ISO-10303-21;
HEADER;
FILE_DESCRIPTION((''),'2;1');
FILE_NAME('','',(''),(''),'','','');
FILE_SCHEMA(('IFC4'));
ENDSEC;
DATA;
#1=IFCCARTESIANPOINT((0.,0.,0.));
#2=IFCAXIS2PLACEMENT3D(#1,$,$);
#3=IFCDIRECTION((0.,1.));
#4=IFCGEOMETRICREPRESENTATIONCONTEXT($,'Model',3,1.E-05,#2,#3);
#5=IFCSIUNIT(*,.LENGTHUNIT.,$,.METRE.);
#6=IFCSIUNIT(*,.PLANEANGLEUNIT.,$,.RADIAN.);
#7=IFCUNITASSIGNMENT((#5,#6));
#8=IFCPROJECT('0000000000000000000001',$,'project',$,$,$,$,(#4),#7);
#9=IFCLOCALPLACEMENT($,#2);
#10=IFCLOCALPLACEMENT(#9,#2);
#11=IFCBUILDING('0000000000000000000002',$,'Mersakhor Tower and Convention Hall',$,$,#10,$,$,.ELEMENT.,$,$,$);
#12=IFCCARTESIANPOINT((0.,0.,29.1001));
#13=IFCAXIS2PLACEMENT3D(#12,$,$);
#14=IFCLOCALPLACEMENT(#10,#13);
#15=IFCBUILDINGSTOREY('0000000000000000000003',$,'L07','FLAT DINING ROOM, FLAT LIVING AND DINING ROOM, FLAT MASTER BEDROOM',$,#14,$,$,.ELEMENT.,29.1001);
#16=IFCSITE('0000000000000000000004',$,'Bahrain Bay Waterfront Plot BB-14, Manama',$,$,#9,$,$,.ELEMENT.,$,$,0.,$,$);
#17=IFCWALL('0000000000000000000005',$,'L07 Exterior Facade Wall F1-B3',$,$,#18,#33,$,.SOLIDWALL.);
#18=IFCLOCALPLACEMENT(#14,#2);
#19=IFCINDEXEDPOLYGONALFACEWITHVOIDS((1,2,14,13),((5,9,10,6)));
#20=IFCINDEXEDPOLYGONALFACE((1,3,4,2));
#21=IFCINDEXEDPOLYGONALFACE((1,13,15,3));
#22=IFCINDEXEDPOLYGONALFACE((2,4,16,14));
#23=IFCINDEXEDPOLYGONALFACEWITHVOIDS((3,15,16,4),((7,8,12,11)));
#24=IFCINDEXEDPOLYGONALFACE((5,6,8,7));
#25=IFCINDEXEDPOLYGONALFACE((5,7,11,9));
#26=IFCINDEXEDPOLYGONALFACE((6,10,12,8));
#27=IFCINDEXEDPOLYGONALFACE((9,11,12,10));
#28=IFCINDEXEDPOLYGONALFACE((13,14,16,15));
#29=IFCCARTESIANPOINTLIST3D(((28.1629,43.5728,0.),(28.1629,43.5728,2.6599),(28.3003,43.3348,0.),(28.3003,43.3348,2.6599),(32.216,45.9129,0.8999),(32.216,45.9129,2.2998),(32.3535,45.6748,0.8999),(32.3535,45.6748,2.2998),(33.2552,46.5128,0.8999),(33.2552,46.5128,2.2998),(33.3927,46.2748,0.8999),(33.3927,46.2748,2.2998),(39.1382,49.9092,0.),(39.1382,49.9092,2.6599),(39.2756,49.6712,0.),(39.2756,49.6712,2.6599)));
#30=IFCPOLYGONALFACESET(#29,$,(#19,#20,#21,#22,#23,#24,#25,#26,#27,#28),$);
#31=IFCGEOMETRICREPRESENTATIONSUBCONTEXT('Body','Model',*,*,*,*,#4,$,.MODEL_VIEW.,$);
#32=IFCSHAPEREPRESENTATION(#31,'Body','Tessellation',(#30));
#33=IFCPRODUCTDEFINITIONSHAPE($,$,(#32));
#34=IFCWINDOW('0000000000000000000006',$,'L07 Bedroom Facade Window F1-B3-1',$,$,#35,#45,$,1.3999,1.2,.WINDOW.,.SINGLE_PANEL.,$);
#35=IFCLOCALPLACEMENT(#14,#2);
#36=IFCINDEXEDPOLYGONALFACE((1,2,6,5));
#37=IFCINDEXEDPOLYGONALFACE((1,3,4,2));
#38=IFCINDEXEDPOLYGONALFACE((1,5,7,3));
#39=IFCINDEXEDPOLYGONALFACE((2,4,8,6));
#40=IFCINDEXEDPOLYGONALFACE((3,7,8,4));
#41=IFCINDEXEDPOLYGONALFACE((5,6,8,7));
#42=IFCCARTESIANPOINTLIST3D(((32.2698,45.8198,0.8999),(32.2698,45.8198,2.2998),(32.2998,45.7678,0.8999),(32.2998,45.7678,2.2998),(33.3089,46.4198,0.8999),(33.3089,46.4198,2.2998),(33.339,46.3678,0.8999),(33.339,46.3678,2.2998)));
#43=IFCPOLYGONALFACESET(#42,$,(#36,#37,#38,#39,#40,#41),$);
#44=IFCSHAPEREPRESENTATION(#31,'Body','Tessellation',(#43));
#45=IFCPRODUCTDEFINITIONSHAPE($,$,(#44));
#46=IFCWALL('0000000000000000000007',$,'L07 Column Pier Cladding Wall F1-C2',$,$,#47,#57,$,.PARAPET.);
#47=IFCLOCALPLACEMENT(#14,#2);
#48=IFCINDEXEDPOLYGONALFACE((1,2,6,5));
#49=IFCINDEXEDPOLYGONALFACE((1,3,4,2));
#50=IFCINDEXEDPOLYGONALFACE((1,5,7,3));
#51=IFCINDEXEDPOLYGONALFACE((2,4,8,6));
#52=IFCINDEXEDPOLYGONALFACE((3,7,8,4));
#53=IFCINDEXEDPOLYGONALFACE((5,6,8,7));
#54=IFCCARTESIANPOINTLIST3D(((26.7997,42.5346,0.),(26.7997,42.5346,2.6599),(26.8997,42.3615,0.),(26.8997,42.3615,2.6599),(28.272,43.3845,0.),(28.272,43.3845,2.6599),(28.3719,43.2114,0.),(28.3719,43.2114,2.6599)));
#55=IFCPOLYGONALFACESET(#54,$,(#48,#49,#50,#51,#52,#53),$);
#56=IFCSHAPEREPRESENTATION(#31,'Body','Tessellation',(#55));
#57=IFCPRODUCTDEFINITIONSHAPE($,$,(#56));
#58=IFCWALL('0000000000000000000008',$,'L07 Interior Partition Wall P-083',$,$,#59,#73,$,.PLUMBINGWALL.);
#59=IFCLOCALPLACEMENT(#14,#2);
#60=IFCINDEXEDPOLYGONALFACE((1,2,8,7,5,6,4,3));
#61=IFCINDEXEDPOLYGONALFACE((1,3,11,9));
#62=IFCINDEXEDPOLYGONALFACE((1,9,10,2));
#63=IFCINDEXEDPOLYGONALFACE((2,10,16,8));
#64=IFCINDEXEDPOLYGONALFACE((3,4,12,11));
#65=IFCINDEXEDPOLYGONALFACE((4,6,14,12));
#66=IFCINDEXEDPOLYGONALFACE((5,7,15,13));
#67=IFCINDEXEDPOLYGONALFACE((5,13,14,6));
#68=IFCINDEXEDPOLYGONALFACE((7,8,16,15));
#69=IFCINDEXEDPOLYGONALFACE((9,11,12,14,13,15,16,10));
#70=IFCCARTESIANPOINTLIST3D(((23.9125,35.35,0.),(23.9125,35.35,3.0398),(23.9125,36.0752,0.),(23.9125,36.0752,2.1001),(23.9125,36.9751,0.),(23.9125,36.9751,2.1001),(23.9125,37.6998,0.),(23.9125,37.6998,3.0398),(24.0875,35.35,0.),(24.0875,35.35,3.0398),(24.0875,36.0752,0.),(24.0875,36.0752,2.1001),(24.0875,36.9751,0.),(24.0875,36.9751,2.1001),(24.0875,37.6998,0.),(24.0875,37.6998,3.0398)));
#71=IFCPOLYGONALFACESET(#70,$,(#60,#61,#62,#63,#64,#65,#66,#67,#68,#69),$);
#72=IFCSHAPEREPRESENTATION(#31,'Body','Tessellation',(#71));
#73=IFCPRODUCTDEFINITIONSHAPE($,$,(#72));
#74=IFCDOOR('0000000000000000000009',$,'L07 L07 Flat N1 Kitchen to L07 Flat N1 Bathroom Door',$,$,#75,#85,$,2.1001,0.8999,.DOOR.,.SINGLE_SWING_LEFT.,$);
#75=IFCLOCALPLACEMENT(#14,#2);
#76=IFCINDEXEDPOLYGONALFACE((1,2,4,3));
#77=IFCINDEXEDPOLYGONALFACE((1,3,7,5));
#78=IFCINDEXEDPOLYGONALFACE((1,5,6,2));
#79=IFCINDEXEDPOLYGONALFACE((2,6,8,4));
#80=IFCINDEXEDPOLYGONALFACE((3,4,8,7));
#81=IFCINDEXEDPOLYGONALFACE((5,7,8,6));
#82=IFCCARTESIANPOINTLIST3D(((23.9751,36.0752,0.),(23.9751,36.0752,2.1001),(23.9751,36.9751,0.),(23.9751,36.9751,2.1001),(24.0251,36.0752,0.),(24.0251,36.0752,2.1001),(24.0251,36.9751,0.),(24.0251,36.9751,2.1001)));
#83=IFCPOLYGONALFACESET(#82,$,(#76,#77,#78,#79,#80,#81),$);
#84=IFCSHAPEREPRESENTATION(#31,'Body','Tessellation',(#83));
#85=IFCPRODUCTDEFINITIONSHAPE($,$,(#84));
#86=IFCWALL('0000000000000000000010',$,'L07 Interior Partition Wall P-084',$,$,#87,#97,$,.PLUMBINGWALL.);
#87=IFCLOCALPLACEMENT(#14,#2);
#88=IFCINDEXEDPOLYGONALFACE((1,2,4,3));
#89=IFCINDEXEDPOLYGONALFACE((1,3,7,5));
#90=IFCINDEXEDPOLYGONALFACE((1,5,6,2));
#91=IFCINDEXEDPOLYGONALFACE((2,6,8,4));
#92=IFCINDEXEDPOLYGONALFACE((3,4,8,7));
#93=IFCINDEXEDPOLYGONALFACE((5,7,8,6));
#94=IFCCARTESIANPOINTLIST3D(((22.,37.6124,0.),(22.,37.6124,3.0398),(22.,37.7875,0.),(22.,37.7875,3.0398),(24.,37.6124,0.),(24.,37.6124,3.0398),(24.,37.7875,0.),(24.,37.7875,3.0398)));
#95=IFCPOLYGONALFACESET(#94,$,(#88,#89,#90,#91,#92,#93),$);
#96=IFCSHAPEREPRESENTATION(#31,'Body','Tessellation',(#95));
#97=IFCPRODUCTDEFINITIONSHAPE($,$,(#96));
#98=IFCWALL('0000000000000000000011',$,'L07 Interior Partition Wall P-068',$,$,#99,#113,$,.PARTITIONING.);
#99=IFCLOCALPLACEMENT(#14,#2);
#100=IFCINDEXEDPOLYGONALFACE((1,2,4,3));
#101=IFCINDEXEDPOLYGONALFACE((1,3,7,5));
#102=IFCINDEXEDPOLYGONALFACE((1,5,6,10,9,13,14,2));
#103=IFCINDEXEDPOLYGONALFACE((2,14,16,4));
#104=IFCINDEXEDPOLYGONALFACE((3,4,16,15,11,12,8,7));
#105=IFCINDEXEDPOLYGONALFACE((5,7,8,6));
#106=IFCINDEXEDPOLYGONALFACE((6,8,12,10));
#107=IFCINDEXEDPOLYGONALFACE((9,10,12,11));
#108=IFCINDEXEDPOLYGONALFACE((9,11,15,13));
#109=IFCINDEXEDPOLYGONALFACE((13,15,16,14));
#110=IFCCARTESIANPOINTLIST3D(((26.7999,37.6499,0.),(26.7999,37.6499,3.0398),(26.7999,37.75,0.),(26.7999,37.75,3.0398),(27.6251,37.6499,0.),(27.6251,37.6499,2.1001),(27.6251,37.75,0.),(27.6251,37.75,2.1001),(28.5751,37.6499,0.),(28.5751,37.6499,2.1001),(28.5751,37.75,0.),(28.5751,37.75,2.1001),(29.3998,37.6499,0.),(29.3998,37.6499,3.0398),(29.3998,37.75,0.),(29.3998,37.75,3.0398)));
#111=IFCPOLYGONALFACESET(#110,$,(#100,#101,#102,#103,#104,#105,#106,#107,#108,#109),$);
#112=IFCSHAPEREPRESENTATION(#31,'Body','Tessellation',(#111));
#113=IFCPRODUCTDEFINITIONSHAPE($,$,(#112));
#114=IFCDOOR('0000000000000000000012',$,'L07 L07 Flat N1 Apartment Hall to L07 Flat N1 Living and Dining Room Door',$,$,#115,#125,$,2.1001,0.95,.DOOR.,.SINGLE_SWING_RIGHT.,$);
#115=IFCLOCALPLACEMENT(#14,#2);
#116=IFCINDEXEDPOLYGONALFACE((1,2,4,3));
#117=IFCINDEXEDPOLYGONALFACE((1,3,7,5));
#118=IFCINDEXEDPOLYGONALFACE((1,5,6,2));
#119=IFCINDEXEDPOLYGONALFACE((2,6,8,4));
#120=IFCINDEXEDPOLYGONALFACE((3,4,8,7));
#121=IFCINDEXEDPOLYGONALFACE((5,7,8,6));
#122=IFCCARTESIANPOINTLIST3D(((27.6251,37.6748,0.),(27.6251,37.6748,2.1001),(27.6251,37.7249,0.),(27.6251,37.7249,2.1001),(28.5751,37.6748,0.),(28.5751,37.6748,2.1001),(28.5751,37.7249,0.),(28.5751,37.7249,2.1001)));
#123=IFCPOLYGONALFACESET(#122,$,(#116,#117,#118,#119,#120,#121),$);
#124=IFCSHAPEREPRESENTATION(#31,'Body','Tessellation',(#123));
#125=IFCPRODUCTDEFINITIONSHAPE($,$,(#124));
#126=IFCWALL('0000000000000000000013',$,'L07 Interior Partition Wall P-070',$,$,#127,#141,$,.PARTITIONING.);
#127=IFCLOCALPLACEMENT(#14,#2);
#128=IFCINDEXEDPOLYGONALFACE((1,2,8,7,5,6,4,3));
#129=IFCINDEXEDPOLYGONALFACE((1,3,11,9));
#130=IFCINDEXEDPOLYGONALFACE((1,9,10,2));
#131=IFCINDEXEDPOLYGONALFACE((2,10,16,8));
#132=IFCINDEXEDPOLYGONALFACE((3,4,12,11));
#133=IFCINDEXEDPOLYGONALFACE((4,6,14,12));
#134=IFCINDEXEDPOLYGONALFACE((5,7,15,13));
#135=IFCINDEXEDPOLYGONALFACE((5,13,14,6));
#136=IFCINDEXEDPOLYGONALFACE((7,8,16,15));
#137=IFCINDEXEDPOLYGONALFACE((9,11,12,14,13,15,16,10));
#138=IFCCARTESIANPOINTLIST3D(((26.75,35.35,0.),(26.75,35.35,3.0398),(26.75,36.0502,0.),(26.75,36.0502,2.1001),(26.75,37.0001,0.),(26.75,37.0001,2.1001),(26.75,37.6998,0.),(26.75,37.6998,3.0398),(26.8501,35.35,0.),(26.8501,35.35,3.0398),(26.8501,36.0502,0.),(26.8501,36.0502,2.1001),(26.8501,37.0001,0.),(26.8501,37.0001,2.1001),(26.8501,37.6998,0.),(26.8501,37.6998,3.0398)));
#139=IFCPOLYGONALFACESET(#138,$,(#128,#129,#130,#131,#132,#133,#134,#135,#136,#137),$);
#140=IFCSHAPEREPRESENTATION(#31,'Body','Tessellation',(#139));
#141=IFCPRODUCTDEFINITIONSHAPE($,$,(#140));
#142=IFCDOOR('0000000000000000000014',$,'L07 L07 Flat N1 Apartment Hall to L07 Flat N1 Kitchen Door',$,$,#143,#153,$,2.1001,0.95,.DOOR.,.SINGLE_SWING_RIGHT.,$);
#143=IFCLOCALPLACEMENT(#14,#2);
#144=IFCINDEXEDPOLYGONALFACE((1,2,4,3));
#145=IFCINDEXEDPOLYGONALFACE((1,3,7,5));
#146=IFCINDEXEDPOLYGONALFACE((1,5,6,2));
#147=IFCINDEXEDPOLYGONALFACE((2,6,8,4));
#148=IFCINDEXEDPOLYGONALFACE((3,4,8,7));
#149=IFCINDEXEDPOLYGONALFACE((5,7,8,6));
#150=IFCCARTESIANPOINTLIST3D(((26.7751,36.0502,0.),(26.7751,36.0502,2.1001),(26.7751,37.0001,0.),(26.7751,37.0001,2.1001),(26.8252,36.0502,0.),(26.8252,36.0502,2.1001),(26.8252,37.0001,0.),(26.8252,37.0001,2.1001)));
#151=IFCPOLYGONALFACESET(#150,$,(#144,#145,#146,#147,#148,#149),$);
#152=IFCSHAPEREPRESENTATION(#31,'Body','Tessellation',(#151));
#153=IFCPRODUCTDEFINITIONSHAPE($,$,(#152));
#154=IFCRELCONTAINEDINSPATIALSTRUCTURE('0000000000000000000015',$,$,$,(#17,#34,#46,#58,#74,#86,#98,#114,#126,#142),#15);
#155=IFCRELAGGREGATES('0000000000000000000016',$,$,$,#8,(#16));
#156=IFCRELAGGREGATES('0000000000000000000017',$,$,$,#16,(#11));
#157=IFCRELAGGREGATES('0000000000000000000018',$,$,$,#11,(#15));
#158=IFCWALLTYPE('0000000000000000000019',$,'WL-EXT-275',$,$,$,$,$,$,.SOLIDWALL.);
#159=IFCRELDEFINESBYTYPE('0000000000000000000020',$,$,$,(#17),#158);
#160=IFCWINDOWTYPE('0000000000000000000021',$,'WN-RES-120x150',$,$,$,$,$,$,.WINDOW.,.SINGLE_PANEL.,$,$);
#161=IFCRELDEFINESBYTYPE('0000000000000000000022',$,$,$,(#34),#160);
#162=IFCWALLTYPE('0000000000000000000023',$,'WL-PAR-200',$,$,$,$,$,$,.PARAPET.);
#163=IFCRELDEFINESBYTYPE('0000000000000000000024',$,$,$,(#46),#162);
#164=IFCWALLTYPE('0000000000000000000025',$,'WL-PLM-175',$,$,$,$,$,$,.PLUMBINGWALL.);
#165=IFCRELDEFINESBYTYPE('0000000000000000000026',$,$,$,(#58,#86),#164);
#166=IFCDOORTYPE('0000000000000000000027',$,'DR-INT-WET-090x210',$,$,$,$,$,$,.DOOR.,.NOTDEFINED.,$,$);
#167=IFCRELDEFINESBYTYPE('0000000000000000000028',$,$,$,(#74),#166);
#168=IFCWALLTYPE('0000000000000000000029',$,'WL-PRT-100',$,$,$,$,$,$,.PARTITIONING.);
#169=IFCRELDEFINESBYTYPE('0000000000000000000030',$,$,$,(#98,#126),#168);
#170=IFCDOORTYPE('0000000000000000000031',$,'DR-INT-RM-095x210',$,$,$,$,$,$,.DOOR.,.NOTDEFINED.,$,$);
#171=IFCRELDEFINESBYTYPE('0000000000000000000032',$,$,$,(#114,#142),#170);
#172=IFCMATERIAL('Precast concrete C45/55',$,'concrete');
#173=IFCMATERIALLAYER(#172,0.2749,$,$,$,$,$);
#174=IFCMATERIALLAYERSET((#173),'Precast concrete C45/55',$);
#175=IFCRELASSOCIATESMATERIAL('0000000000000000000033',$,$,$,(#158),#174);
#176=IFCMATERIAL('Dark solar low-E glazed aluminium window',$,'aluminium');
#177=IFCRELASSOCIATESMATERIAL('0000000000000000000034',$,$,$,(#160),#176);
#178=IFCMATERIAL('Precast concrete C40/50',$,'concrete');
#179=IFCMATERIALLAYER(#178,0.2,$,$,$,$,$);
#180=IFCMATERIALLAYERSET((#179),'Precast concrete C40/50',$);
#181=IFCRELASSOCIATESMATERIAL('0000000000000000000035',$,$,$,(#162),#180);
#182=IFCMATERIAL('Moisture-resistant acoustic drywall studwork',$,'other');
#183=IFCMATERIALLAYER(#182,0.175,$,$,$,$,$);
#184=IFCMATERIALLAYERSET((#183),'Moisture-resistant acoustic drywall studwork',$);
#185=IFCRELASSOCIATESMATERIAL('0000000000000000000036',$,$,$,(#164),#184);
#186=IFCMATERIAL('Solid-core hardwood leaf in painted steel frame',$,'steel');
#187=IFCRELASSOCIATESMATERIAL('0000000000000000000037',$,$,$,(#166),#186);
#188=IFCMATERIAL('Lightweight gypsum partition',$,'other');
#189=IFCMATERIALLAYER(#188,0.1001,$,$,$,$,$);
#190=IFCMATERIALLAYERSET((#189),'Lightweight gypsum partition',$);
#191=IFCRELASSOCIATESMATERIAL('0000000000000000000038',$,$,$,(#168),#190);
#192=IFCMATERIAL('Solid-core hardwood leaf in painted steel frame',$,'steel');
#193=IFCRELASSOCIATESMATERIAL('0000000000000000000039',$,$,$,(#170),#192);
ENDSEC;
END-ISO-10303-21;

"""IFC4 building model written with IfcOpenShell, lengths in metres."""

from ifc_helpers import new_model, si_unit, direction, frame, frame_2d, origin, place, context, subcontext, project, spatial, rectangle, extrude, material, layer, layer_set, type_object, element, fill, save


model = new_model("IFC4")

# Units and contexts
model_context = context("Model", 3, precision=1e-05, world=origin(), true_north=direction((0.0, 1.0)))
body_context = subcontext(model_context, "Body", "Model", "MODEL_VIEW")
ifc_project = project(units=[si_unit("LENGTHUNIT", "METRE"), si_unit("PLANEANGLEUNIT", "RADIAN")], contexts=[model_context])

# Site, building, storey
site_placement = place(None, origin())
site = spatial("IfcSite", under=ifc_project, at=site_placement, Name="Bahrain Bay Waterfront Plot BB-14, Manama", CompositionType="ELEMENT", RefElevation=0.0)
building_placement = place(site_placement, origin())
building = spatial("IfcBuilding", under=site, at=building_placement, Name="Mersakhor Tower and Convention Hall", CompositionType="ELEMENT")
storey_placement = place(building_placement, frame((0.0, 0.0, 29.1001)))
storey = spatial("IfcBuildingStorey", under=building, at=storey_placement, Name="L07", Description="FLAT DINING ROOM, FLAT LIVING AND DINING ROOM, FLAT MASTER BEDROOM", CompositionType="ELEMENT", Elevation=29.1001)

# Wall, opening, window
ifc_material_1 = material(Name="Precast concrete C45/55", Category="concrete")
ifc_layer_1 = layer(ifc_material_1, 0.2749)
ifc_layer_set_1 = layer_set([ifc_layer_1], Name="Precast concrete C45/55")
wall_type_1 = type_object("IfcWallType", Name="WL-EXT-275", PredefinedType="SOLIDWALL", material=ifc_layer_set_1)
wall_1_placement = place(storey_placement, frame((28.2317, 43.4539, 0.0), z_axis=(0.0, 0.0, 1.0), x_axis=(0.866032, 0.499989, 0.0)))
wall_1 = element("IfcWall", 1, at=wall_1_placement, inside=storey, type_object=wall_type_1, Name="L07 Exterior Facade Wall F1-B3", PredefinedType="SOLIDWALL", context=body_context, shape_type="SweptSolid", body=[
    extrude(rectangle(XDim=12.6731, YDim=0.2749, at=frame_2d((6.3364, 0.0))), origin(), (0.0, 0.0, 1.0), 2.6599),
])
opening_1_placement = place(wall_1_placement, frame((4.6799, 0.0, 0.8999)))
opening_1 = element("IfcOpeningElement", 2, at=opening_1_placement, cuts=wall_1, PredefinedType="OPENING", context=body_context, shape_type="SweptSolid", body=[
    extrude(rectangle(XDim=1.2, YDim=1.3999, at=frame_2d((0.6001, 0.7))), frame((0.0, 0.1475, 0.0), z_axis=(0.0, -1.0, 0.0), x_axis=(1.0, 0.0, 0.0)), (0.0, 0.0, 1.0), 0.2949),
])
ifc_material_2 = material(Name="Dark solar low-E glazed aluminium window", Category="aluminium")
window_type = type_object("IfcWindowType", Name="WN-RES-120x150", PartitioningType="SINGLE_PANEL", PredefinedType="WINDOW", material=ifc_material_2)
window_placement = place(opening_1_placement, origin())
window = element("IfcWindow", 3, at=window_placement, inside=storey, type_object=window_type, Name="L07 Bedroom Facade Window F1-B3-1", OverallHeight=1.3999, OverallWidth=1.2, PartitioningType="SINGLE_PANEL", PredefinedType="WINDOW", context=body_context, shape_type="SweptSolid", body=[
    extrude(rectangle(XDim=1.2, YDim=1.3999, at=frame_2d((0.6001, 0.7))), frame((0.0, 0.03, 0.0), z_axis=(0.0, -1.0, 0.0), x_axis=(1.0, 0.0, 0.0)), (0.0, 0.0, 1.0), 0.0601),
])
fill(opening_1, window)

# Wall
ifc_material_3 = material(Name="Precast concrete C40/50", Category="concrete")
ifc_layer_2 = layer(ifc_material_3, 0.2)
ifc_layer_set_2 = layer_set([ifc_layer_2], Name="Precast concrete C40/50")
wall_type_2 = type_object("IfcWallType", Name="WL-PAR-200", PredefinedType="PARAPET", material=ifc_layer_set_2)
wall_2_placement = place(storey_placement, frame((26.8496, 42.448, 0.0), z_axis=(0.0, 0.0, 1.0), x_axis=(0.866052, 0.499955, 0.0)))
element("IfcWall", 4, at=wall_2_placement, inside=storey, type_object=wall_type_2, Name="L07 Column Pier Cladding Wall F1-C2", PredefinedType="PARAPET", context=body_context, shape_type="SweptSolid", body=[
    extrude(rectangle(XDim=1.7, YDim=0.2, at=frame_2d((0.8501, 0.0))), origin(), (0.0, 0.0, 1.0), 2.6599),
])

# Wall, opening, door
ifc_material_4 = material(Name="Moisture-resistant acoustic drywall studwork", Category="other")
ifc_layer_3 = layer(ifc_material_4, 0.175)
ifc_layer_set_3 = layer_set([ifc_layer_3], Name="Moisture-resistant acoustic drywall studwork")
wall_type_3 = type_object("IfcWallType", Name="WL-PLM-175", PredefinedType="PLUMBINGWALL", material=ifc_layer_set_3)
wall_3_placement = place(storey_placement, frame((24.0, 35.3501, 0.0), z_axis=(0.0, 0.0, 1.0), x_axis=(0.0, 1.0, 0.0)))
wall_3 = element("IfcWall", 5, at=wall_3_placement, inside=storey, type_object=wall_type_3, Name="L07 Interior Partition Wall P-083", PredefinedType="PLUMBINGWALL", context=body_context, shape_type="SweptSolid", body=[
    extrude(rectangle(XDim=2.3499, YDim=0.175, at=frame_2d((1.1748, 0.0))), origin(), (0.0, 0.0, 1.0), 3.0398),
])
opening_2_placement = place(wall_3_placement, frame((0.7251, 0.0, 0.0)))
opening_2 = element("IfcOpeningElement", 6, at=opening_2_placement, cuts=wall_3, PredefinedType="OPENING", context=body_context, shape_type="SweptSolid", body=[
    extrude(rectangle(XDim=0.8999, YDim=2.1001, at=frame_2d((0.45, 1.05))), frame((0.0, 0.0974, 0.0), z_axis=(0.0, -1.0, 0.0), x_axis=(1.0, 0.0, 0.0)), (0.0, 0.0, 1.0), 0.1951),
])
ifc_material_5 = material(Name="Solid-core hardwood leaf in painted steel frame", Category="steel")
door_type_1 = type_object("IfcDoorType", Name="DR-INT-WET-090x210", OperationType="NOTDEFINED", PredefinedType="DOOR", material=ifc_material_5)
door_1_placement = place(opening_2_placement, origin())
door_1 = element("IfcDoor", 7, at=door_1_placement, inside=storey, type_object=door_type_1, Name="L07 L07 Flat N1 Kitchen to L07 Flat N1 Bathroom Door", OperationType="SINGLE_SWING_LEFT", OverallHeight=2.1001, OverallWidth=0.8999, PredefinedType="DOOR", context=body_context, shape_type="SweptSolid", body=[
    extrude(rectangle(XDim=0.8999, YDim=2.1001, at=frame_2d((0.45, 1.05))), frame((0.0, 0.0249, 0.0), z_axis=(0.0, -1.0, 0.0), x_axis=(1.0, 0.0, 0.0)), (0.0, 0.0, 1.0), 0.05),
])
fill(opening_2, door_1)

# Wall
wall_4_placement = place(storey_placement, frame((22.0, 37.7, 0.0), z_axis=(0.0, 0.0, 1.0), x_axis=(1.0, 0.0, 0.0)))
element("IfcWall", 8, at=wall_4_placement, inside=storey, type_object=wall_type_3, Name="L07 Interior Partition Wall P-084", PredefinedType="PLUMBINGWALL", context=body_context, shape_type="SweptSolid", body=[
    extrude(rectangle(XDim=2.0, YDim=0.175, at=frame_2d((1.0, 0.0))), origin(), (0.0, 0.0, 1.0), 3.0398),
])

# Walls, openings, doors
ifc_material_6 = material(Name="Lightweight gypsum partition", Category="other")
ifc_layer_4 = layer(ifc_material_6, 0.1001)
ifc_layer_set_4 = layer_set([ifc_layer_4], Name="Lightweight gypsum partition")
wall_type_4 = type_object("IfcWallType", Name="WL-PRT-100", PredefinedType="PARTITIONING", material=ifc_layer_set_4)
wall_5_placement = place(storey_placement, frame((26.8, 37.7, 0.0), z_axis=(0.0, 0.0, 1.0), x_axis=(1.0, 0.0, 0.0)))
wall_5 = element("IfcWall", 9, at=wall_5_placement, inside=storey, type_object=wall_type_4, Name="L07 Interior Partition Wall P-068", PredefinedType="PARTITIONING", context=body_context, shape_type="SweptSolid", body=[
    extrude(rectangle(XDim=2.5999, YDim=0.1001, at=frame_2d((1.2998, 0.0))), origin(), (0.0, 0.0, 1.0), 3.0398),
])
opening_3_placement = place(wall_5_placement, frame((0.825, 0.0, 0.0)))
opening_3 = element("IfcOpeningElement", 10, at=opening_3_placement, cuts=wall_5, PredefinedType="OPENING", context=body_context, shape_type="SweptSolid", body=[
    extrude(rectangle(XDim=0.95, YDim=2.1001, at=frame_2d((0.4751, 1.05))), frame((0.0, 0.0601, 0.0), z_axis=(0.0, -1.0, 0.0), x_axis=(1.0, 0.0, 0.0)), (0.0, 0.0, 1.0), 0.1201),
])
ifc_material_7 = material(Name="Solid-core hardwood leaf in painted steel frame", Category="steel")
door_type_2 = type_object("IfcDoorType", Name="DR-INT-RM-095x210", OperationType="NOTDEFINED", PredefinedType="DOOR", material=ifc_material_7)
door_2_placement = place(opening_3_placement, origin())
door_2 = element("IfcDoor", 11, at=door_2_placement, inside=storey, type_object=door_type_2, Name="L07 L07 Flat N1 Apartment Hall to L07 Flat N1 Living and Dining Room Door", OperationType="SINGLE_SWING_RIGHT", OverallHeight=2.1001, OverallWidth=0.95, PredefinedType="DOOR", context=body_context, shape_type="SweptSolid", body=[
    extrude(rectangle(XDim=0.95, YDim=2.1001, at=frame_2d((0.4751, 1.05))), frame((0.0, 0.0249, 0.0), z_axis=(0.0, -1.0, 0.0), x_axis=(1.0, 0.0, 0.0)), (0.0, 0.0, 1.0), 0.05),
])
fill(opening_3, door_2)
wall_6_placement = place(storey_placement, frame((26.8, 35.3501, 0.0), z_axis=(0.0, 0.0, 1.0), x_axis=(0.0, 1.0, 0.0)))
wall_6 = element("IfcWall", 12, at=wall_6_placement, inside=storey, type_object=wall_type_4, Name="L07 Interior Partition Wall P-070", PredefinedType="PARTITIONING", context=body_context, shape_type="SweptSolid", body=[
    extrude(rectangle(XDim=2.3499, YDim=0.1001, at=frame_2d((1.1748, 0.0))), origin(), (0.0, 0.0, 1.0), 3.0398),
])
opening_4_placement = place(wall_6_placement, frame((0.7, 0.0, 0.0)))
opening_4 = element("IfcOpeningElement", 13, at=opening_4_placement, cuts=wall_6, PredefinedType="OPENING", context=body_context, shape_type="SweptSolid", body=[
    extrude(rectangle(XDim=0.95, YDim=2.1001, at=frame_2d((0.4751, 1.05))), frame((0.0, 0.0601, 0.0), z_axis=(0.0, -1.0, 0.0), x_axis=(1.0, 0.0, 0.0)), (0.0, 0.0, 1.0), 0.1201),
])
door_3_placement = place(opening_4_placement, origin())
door_3 = element("IfcDoor", 14, at=door_3_placement, inside=storey, type_object=door_type_2, Name="L07 L07 Flat N1 Apartment Hall to L07 Flat N1 Kitchen Door", OperationType="SINGLE_SWING_RIGHT", OverallHeight=2.1001, OverallWidth=0.95, PredefinedType="DOOR", context=body_context, shape_type="SweptSolid", body=[
    extrude(rectangle(XDim=0.95, YDim=2.1001, at=frame_2d((0.4751, 1.05))), frame((0.0, 0.0249, 0.0), z_axis=(0.0, -1.0, 0.0), x_axis=(1.0, 0.0, 0.0)), (0.0, 0.0, 1.0), 0.05),
])
fill(opening_4, door_3)

save(model, "model.ifc")
